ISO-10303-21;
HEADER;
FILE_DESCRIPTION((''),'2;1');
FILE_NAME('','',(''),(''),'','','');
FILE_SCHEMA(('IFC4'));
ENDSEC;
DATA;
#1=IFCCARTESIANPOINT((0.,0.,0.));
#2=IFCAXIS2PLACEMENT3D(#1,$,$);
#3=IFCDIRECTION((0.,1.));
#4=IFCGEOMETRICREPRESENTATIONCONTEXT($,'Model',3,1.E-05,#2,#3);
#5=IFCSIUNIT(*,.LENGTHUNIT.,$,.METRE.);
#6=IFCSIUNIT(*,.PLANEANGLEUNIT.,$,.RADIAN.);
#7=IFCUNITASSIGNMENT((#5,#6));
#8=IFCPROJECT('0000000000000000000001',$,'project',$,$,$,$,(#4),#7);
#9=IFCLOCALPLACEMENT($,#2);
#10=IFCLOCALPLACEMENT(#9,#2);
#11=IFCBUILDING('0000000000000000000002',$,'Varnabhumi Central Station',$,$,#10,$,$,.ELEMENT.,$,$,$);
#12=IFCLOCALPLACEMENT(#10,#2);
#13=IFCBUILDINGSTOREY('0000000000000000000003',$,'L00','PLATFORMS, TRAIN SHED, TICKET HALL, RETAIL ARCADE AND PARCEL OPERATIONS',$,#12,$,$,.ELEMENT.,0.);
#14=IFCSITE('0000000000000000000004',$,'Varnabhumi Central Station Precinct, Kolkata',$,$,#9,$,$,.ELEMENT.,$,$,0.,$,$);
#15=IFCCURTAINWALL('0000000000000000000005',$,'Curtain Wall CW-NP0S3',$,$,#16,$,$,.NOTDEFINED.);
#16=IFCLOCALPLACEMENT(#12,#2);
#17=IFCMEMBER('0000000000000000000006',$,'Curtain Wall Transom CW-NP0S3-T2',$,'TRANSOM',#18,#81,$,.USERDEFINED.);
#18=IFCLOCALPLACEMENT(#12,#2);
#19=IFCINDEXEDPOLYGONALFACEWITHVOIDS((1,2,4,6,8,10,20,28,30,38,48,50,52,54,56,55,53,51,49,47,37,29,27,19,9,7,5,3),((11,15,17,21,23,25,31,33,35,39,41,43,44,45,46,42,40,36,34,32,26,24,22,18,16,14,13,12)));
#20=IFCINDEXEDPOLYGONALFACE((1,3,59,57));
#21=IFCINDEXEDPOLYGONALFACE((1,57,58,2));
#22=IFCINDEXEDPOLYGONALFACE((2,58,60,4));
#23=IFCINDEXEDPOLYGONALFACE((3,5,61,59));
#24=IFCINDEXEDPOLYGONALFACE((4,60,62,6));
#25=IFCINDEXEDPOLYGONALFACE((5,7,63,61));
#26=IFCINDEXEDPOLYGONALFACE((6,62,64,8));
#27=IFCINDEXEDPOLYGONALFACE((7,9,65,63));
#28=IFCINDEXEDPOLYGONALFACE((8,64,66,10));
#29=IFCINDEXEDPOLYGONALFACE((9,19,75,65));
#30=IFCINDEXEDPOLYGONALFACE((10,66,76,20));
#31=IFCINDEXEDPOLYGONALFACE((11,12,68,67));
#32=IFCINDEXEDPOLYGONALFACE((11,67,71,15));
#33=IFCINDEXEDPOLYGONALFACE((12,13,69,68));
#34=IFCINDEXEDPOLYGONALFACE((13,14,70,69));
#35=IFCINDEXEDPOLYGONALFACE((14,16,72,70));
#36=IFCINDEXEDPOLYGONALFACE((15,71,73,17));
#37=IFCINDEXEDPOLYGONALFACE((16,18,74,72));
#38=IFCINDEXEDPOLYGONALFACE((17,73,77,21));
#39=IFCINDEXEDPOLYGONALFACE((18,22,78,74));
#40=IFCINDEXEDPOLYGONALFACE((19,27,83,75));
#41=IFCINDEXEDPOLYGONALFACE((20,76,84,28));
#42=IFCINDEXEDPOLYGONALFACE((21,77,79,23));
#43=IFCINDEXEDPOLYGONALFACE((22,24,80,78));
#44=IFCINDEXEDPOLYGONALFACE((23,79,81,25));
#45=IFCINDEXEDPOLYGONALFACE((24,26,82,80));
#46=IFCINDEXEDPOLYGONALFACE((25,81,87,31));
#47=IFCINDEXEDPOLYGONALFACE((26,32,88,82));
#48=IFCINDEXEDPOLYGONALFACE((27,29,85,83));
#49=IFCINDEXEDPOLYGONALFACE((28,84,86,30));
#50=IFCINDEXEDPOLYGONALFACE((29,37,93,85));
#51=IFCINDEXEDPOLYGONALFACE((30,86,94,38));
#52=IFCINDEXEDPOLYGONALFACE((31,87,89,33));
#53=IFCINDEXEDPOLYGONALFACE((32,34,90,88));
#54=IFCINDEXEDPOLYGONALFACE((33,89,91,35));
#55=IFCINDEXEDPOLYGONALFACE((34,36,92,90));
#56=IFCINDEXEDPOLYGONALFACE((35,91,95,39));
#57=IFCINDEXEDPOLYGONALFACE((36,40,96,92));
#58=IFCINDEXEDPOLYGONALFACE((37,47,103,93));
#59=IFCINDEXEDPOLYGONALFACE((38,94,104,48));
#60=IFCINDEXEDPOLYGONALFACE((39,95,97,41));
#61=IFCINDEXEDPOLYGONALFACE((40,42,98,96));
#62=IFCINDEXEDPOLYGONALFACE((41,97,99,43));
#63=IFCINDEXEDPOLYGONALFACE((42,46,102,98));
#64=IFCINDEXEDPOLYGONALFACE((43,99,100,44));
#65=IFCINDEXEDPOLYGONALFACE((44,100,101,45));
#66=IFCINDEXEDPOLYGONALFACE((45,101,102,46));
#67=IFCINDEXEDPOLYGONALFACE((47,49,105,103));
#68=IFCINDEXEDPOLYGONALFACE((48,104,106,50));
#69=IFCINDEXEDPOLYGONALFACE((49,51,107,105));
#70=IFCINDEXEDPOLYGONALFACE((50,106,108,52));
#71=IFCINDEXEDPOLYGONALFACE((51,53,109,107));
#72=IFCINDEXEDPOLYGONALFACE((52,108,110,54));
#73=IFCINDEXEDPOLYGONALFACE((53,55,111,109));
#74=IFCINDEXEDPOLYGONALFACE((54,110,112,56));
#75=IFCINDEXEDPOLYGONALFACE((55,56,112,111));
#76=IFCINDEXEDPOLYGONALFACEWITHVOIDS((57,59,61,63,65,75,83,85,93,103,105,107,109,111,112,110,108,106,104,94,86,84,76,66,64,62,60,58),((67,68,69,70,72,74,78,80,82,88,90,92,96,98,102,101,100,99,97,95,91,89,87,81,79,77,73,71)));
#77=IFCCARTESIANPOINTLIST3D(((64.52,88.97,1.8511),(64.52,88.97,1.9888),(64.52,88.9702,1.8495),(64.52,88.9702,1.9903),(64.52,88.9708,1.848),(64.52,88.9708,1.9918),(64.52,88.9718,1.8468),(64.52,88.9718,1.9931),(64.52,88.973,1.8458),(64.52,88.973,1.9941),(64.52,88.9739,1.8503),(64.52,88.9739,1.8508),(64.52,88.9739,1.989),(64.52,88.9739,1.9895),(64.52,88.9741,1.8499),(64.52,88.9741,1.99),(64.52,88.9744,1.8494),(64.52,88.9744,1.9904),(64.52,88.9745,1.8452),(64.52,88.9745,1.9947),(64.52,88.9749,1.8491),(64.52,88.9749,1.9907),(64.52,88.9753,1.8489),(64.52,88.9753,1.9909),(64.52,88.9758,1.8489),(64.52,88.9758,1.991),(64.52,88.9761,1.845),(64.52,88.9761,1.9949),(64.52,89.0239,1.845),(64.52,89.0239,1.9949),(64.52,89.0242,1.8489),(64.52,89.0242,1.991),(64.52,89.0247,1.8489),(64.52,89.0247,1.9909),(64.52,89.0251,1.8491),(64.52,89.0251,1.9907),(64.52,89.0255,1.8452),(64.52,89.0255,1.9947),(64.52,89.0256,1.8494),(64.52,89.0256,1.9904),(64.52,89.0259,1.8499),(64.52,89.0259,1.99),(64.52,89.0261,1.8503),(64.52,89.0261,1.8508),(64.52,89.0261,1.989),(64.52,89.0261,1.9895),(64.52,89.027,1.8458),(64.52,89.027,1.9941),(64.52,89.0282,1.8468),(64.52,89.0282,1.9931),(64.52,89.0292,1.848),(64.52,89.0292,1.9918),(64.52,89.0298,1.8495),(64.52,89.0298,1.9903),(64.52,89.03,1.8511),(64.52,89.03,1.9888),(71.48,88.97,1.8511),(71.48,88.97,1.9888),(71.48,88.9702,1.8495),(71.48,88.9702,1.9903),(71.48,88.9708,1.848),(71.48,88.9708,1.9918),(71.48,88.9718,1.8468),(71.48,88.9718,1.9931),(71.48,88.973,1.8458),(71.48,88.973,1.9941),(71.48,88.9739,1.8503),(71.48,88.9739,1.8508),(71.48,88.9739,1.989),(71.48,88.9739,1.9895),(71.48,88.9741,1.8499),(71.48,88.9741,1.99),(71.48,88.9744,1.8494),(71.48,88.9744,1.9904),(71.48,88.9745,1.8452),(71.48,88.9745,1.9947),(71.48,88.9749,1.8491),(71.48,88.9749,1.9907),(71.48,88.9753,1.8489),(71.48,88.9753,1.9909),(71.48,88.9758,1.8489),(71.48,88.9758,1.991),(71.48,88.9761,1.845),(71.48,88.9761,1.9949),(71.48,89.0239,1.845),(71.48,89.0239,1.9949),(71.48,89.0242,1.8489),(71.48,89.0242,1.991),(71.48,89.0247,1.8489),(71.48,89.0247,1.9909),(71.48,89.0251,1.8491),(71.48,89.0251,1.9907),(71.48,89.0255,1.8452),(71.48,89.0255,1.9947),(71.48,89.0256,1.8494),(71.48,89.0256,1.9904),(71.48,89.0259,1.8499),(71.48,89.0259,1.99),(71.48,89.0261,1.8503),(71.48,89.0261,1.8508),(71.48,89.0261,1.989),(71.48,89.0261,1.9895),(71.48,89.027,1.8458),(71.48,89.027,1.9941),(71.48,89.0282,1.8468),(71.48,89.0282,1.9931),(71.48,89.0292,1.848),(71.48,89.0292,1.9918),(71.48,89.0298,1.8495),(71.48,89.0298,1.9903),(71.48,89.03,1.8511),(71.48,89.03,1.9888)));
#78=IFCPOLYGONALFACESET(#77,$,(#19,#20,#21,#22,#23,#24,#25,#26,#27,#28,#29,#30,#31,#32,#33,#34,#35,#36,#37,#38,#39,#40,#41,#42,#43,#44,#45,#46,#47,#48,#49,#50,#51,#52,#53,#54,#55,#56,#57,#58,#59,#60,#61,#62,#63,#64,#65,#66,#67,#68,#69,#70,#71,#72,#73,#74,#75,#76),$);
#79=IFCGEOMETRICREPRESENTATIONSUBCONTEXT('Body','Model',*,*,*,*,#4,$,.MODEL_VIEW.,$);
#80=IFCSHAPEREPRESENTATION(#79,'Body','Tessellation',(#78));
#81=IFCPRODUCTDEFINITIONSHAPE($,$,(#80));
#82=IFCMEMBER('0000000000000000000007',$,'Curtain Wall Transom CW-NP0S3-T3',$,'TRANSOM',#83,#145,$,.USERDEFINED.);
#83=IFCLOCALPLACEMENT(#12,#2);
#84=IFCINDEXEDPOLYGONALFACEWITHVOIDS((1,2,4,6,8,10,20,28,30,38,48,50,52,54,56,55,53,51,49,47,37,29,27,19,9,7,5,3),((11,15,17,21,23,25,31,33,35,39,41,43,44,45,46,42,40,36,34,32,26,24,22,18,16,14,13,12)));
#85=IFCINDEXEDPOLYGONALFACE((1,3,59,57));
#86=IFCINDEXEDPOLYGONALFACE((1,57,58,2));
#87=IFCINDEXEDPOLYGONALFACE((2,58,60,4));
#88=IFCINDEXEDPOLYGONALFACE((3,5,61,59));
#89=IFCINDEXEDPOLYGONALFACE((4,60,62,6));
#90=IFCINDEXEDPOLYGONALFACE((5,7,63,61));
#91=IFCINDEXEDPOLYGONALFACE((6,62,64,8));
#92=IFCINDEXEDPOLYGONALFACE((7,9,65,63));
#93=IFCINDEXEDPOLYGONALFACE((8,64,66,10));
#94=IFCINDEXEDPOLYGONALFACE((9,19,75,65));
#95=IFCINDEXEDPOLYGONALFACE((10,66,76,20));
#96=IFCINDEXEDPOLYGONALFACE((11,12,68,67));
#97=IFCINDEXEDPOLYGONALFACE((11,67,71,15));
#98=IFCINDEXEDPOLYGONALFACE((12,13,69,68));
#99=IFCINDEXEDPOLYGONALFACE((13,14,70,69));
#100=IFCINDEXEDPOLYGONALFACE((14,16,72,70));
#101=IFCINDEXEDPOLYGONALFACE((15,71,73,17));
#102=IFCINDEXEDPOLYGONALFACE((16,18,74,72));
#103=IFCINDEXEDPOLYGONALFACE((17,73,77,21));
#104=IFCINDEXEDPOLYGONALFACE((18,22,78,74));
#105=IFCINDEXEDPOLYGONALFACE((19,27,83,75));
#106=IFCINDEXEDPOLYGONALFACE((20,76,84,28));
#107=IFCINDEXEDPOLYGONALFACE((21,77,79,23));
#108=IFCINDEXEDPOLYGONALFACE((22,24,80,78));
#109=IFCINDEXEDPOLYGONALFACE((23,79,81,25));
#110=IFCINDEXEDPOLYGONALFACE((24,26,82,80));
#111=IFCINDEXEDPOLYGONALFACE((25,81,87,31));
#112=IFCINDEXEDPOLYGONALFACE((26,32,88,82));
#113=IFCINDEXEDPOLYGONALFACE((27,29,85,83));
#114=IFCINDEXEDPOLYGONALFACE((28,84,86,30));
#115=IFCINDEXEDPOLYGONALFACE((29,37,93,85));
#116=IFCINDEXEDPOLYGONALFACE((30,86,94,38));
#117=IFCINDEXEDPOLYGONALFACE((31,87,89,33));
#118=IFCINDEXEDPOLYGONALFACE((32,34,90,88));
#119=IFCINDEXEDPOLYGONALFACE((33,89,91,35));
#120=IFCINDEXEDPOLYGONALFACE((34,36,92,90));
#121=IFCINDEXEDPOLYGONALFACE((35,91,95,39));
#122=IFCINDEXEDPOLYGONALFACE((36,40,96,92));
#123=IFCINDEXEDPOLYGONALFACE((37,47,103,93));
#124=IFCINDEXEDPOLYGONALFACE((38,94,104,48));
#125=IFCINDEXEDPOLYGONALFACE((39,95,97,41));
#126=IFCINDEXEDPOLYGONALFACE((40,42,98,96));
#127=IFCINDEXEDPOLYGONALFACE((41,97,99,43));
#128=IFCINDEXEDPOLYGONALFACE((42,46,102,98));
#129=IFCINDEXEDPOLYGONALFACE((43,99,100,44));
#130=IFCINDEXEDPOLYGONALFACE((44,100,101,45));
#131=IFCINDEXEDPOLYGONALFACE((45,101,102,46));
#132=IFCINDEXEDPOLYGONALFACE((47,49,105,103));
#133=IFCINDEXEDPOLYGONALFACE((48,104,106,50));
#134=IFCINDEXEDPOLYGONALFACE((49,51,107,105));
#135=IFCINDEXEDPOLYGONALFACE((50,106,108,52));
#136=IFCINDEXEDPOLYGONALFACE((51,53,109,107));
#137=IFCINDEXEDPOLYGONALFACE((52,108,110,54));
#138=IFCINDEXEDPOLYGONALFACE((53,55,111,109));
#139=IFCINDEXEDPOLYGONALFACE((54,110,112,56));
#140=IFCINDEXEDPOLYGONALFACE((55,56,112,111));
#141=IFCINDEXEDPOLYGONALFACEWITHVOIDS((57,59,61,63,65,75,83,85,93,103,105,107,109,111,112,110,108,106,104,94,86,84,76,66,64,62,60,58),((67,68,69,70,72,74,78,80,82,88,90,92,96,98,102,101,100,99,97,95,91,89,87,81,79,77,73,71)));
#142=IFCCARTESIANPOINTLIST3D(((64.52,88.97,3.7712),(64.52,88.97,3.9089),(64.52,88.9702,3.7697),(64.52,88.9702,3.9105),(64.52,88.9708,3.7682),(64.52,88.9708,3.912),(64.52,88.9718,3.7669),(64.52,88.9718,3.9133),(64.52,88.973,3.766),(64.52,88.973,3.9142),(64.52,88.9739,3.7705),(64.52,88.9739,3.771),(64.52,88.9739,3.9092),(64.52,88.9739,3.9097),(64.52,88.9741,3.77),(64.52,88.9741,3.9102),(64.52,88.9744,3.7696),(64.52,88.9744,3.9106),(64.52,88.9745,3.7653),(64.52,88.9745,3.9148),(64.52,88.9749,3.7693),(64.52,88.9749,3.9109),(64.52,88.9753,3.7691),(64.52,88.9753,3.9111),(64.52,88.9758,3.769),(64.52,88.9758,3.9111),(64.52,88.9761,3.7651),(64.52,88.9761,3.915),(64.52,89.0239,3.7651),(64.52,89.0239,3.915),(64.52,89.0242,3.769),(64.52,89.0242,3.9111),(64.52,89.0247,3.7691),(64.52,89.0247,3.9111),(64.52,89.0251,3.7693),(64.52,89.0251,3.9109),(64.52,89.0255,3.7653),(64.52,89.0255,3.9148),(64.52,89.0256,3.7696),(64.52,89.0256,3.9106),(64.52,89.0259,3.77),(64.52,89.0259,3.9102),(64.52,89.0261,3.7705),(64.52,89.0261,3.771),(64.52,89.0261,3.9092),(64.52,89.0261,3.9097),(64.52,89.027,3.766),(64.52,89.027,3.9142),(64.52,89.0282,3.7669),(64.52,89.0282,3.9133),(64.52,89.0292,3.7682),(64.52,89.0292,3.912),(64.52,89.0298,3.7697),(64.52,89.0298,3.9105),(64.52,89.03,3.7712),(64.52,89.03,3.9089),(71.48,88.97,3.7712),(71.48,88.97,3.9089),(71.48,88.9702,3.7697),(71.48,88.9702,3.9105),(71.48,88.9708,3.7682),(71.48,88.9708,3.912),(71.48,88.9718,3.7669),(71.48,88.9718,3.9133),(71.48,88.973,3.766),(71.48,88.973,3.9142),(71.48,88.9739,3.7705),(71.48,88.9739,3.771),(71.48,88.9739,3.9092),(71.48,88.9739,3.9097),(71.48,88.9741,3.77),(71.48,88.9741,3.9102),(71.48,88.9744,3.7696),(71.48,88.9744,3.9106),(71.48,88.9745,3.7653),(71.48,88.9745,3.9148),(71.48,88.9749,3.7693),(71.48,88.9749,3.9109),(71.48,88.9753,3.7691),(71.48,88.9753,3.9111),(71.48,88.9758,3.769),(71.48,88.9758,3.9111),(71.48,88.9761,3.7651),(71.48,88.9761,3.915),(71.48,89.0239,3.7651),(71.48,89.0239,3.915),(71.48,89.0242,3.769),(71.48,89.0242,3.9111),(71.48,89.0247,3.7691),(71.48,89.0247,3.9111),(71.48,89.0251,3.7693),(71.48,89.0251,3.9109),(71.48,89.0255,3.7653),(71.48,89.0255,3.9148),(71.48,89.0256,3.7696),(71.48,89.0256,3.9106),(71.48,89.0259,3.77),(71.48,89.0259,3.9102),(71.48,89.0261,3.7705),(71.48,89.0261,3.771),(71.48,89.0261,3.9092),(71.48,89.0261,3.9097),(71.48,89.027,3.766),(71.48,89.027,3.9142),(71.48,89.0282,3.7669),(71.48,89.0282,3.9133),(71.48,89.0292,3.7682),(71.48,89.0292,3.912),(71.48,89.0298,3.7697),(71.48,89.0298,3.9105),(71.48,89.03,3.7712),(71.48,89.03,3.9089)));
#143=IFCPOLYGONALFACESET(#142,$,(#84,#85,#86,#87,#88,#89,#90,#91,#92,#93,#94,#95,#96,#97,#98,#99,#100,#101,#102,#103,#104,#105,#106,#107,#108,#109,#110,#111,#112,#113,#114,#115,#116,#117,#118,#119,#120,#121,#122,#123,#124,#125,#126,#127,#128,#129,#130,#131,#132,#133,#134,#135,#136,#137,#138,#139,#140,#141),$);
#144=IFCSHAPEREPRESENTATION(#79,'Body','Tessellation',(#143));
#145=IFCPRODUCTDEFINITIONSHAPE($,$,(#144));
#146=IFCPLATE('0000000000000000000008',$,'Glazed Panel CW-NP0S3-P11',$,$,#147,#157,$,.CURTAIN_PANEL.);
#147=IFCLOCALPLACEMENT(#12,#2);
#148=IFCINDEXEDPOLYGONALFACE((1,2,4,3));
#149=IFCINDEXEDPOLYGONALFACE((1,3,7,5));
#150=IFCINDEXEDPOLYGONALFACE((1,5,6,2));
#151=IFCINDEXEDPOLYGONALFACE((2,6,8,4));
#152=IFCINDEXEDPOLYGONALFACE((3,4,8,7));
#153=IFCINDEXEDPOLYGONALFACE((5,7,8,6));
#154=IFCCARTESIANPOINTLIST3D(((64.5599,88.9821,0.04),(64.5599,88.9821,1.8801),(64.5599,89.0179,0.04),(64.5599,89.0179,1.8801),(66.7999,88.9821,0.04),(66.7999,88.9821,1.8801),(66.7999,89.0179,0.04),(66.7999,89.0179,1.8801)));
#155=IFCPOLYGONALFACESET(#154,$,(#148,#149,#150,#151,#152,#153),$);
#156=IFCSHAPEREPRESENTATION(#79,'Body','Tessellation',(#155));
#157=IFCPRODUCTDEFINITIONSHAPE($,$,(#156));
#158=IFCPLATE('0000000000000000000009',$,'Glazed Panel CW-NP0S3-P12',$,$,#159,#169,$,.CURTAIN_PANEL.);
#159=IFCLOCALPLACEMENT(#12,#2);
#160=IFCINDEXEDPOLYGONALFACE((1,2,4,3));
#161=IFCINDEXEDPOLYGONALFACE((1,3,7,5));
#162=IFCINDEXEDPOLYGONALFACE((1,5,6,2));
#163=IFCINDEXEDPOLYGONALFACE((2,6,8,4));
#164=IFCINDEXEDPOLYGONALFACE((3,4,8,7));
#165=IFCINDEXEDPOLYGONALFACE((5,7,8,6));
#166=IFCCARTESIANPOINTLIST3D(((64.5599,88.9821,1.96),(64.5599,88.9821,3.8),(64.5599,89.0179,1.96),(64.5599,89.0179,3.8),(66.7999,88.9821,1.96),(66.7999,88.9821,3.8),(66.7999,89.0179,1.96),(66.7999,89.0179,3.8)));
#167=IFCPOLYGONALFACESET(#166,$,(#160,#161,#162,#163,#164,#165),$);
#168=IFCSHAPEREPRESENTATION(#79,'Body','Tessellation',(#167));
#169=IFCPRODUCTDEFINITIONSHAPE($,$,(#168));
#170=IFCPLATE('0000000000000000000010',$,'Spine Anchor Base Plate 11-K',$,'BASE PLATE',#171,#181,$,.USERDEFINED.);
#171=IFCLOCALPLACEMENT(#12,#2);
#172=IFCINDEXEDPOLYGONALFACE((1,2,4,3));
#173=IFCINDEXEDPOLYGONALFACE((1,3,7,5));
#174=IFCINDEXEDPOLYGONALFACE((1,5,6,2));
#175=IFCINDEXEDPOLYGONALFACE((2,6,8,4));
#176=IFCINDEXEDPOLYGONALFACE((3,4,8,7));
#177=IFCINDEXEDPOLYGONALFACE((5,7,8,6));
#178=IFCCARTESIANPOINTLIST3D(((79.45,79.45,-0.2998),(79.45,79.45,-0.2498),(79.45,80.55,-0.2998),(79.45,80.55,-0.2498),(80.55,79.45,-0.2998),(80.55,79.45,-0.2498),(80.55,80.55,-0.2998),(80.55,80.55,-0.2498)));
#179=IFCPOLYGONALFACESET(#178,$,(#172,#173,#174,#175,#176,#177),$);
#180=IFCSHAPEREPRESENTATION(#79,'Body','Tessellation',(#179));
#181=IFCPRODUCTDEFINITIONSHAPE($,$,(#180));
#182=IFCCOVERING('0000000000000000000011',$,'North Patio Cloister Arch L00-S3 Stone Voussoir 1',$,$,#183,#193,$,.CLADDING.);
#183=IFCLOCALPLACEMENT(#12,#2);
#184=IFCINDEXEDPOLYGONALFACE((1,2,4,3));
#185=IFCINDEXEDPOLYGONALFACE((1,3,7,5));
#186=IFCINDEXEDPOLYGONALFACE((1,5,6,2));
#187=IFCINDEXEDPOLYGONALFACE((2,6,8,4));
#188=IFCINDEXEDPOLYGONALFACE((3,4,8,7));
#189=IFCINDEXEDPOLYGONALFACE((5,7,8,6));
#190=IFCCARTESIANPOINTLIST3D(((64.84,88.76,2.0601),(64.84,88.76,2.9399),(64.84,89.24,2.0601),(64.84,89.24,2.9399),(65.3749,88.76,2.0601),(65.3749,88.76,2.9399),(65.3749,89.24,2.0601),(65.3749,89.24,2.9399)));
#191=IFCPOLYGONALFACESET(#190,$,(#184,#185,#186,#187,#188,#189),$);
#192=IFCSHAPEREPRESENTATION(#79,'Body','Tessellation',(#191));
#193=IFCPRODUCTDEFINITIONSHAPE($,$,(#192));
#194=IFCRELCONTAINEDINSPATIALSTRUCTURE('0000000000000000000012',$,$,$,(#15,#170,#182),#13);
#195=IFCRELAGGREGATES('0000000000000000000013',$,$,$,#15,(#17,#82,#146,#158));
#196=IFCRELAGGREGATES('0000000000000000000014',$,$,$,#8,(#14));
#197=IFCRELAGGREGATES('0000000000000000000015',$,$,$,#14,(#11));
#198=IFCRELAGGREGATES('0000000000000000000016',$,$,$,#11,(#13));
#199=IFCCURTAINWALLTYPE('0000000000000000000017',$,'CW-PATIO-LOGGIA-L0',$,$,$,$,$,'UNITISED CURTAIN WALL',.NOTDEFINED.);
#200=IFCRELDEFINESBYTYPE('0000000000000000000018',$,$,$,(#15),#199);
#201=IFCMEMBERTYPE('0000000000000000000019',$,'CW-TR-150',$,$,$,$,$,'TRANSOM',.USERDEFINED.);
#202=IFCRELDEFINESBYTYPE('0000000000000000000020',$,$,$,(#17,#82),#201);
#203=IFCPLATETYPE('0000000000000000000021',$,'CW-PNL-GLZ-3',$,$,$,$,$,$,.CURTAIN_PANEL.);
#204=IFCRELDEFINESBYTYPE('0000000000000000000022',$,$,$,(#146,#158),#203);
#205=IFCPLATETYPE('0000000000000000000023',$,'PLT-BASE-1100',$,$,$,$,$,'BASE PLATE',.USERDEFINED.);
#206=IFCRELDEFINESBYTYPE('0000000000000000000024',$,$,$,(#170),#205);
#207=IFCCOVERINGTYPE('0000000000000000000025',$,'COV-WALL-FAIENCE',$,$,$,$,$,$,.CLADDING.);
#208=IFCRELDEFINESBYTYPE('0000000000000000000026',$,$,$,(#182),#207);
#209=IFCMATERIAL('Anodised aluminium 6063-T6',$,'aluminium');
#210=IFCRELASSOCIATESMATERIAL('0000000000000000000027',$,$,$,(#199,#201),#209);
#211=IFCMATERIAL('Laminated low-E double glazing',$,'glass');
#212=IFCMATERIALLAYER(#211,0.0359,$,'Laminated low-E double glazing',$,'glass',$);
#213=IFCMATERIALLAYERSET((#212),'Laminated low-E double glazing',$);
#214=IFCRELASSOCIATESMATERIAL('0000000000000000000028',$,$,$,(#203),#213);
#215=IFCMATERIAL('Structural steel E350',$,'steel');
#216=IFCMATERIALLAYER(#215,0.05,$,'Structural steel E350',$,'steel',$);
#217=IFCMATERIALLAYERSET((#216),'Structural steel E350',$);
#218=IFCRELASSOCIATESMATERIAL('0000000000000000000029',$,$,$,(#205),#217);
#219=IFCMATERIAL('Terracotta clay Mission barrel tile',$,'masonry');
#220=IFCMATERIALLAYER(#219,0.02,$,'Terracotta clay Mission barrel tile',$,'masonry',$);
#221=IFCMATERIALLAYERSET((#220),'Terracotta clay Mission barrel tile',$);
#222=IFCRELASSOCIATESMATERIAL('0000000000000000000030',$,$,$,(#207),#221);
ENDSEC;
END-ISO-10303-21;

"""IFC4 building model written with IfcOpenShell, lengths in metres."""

from ifc_helpers import new_model, si_unit, direction, frame, origin, origin_2d, place, context, subcontext, project, spatial, rectangle, hollow_rectangle, extrude, material, layer, layer_set, material_profile, profile_set, type_object, element, aggregate, save


model = new_model("IFC4")

# Units and contexts
model_context = context("Model", 3, precision=1e-05, world=origin(), true_north=direction((0.0, 1.0)))
body_context = subcontext(model_context, "Body", "Model", "MODEL_VIEW")
ifc_project = project(units=[si_unit("LENGTHUNIT", "METRE"), si_unit("PLANEANGLEUNIT", "RADIAN")], contexts=[model_context])

# Site, building, storey
site_placement = place(None, origin())
site = spatial("IfcSite", under=ifc_project, at=site_placement, Name="Varnabhumi Central Station Precinct, Kolkata", CompositionType="ELEMENT", RefElevation=0.0)
building_placement = place(site_placement, origin())
building = spatial("IfcBuilding", under=site, at=building_placement, Name="Varnabhumi Central Station", CompositionType="ELEMENT")
storey_placement = place(building_placement, origin())
storey = spatial("IfcBuildingStorey", under=building, at=storey_placement, Name="L00", Description="PLATFORMS, TRAIN SHED, TICKET HALL, RETAIL ARCADE AND PARCEL OPERATIONS", CompositionType="ELEMENT", Elevation=0.0)

# Shared definitions
ifc_material_1 = material(Name="Structural steel E350", Category="steel")

# Shared definitions
ifc_material_2 = material(Name="Anodised aluminium 6063-T6", Category="aluminium")
curtain_wall_type = type_object("IfcCurtainWallType", Name="CW-PATIO-LOGGIA-L0", ElementType="UNITISED CURTAIN WALL", PredefinedType="NOTDEFINED", material=ifc_material_2)

# Curtain wall, members, plates
curtain_wall_1_placement = place(storey_placement, origin())
curtain_wall_1 = element("IfcCurtainWall", 1, at=curtain_wall_1_placement, inside=storey, type_object=curtain_wall_type, Name="Curtain Wall CW-NP0S3", PredefinedType="NOTDEFINED")
ifc_material_profile_1 = material_profile(ifc_material_2, hollow_rectangle(XDim=0.0601, YDim=0.1499, WallThickness=0.0039, InnerFilletRadius=0.002, OuterFilletRadius=0.0061, at=origin_2d()), Name="Anodised aluminium 6063-T6", Category="aluminium")
ifc_profile_set_1 = profile_set([ifc_material_profile_1], Name="Anodised aluminium 6063-T6")
member_type_1 = type_object("IfcMemberType", Name="CW-TR-150", ElementType="TRANSOM", PredefinedType="USERDEFINED", material=ifc_profile_set_1)
member_1_placement = place(storey_placement, frame((64.52, 89.0, 1.9199), z_axis=(1.0, 0.0, 0.0), x_axis=(0.0, 1.0, 0.0)))
member_1 = element("IfcMember", 2, at=member_1_placement, type_object=member_type_1, Name="Curtain Wall Transom CW-NP0S3-T2", ObjectType="TRANSOM", PredefinedType="USERDEFINED", context=body_context, shape_type="SweptSolid", body=[
    extrude(hollow_rectangle(XDim=0.0601, YDim=0.1499, WallThickness=0.0039, InnerFilletRadius=0.002, OuterFilletRadius=0.0061, at=origin_2d()), origin(), (0.0, 0.0, 1.0), 6.96),
])
member_2_placement = place(storey_placement, frame((64.52, 89.0, 3.8401), z_axis=(1.0, 0.0, 0.0), x_axis=(0.0, 1.0, 0.0)))
member_2 = element("IfcMember", 3, at=member_2_placement, type_object=member_type_1, Name="Curtain Wall Transom CW-NP0S3-T3", ObjectType="TRANSOM", PredefinedType="USERDEFINED", context=body_context, shape_type="SweptSolid", body=[
    extrude(hollow_rectangle(XDim=0.0601, YDim=0.1499, WallThickness=0.0039, InnerFilletRadius=0.002, OuterFilletRadius=0.0061, at=origin_2d()), origin(), (0.0, 0.0, 1.0), 6.96),
])
ifc_material_3 = material(Name="Laminated low-E double glazing", Category="glass")
ifc_layer_1 = layer(ifc_material_3, 0.0359, Name="Laminated low-E double glazing", Category="glass")
ifc_layer_set_1 = layer_set([ifc_layer_1], Name="Laminated low-E double glazing")
plate_type_1 = type_object("IfcPlateType", Name="CW-PNL-GLZ-3", PredefinedType="CURTAIN_PANEL", material=ifc_layer_set_1)
plate_1_placement = place(storey_placement, frame((65.6799, 89.0, 0.04), z_axis=(0.0, 0.0, 1.0), x_axis=(1.0, 0.0, 0.0)))
plate_1 = element("IfcPlate", 4, at=plate_1_placement, type_object=plate_type_1, Name="Glazed Panel CW-NP0S3-P11", PredefinedType="CURTAIN_PANEL", context=body_context, shape_type="SweptSolid", body=[
    extrude(rectangle(XDim=2.24, YDim=0.0359, at=origin_2d()), origin(), (0.0, 0.0, 1.0), 1.8401),
])
plate_2_placement = place(storey_placement, frame((65.6799, 89.0, 1.96), z_axis=(0.0, 0.0, 1.0), x_axis=(1.0, 0.0, 0.0)))
plate_2 = element("IfcPlate", 5, at=plate_2_placement, type_object=plate_type_1, Name="Glazed Panel CW-NP0S3-P12", PredefinedType="CURTAIN_PANEL", context=body_context, shape_type="SweptSolid", body=[
    extrude(rectangle(XDim=2.24, YDim=0.0359, at=origin_2d()), origin(), (0.0, 0.0, 1.0), 1.8401),
])
aggregate(curtain_wall_1, [member_1, member_2, plate_1, plate_2])

# Plate
ifc_layer_2 = layer(ifc_material_1, 0.05, Name="Structural steel E350", Category="steel")
ifc_layer_set_2 = layer_set([ifc_layer_2], Name="Structural steel E350")
plate_type_2 = type_object("IfcPlateType", Name="PLT-BASE-1100", ElementType="BASE PLATE", PredefinedType="USERDEFINED", material=ifc_layer_set_2)
plate_3_placement = place(storey_placement, frame((80.0, 80.0, -0.2998), z_axis=(0.0, 0.0, 1.0), x_axis=(1.0, 0.0, 0.0)))
element("IfcPlate", 6, at=plate_3_placement, inside=storey, type_object=plate_type_2, Name="Spine Anchor Base Plate 11-K", ObjectType="BASE PLATE", PredefinedType="USERDEFINED", context=body_context, shape_type="SweptSolid", body=[
    extrude(rectangle(XDim=1.1001, YDim=1.1001, at=origin_2d()), origin(), (0.0, 0.0, 1.0), 0.05),
])

# Covering
ifc_material_4 = material(Name="Terracotta clay Mission barrel tile", Category="masonry")
ifc_layer_3 = layer(ifc_material_4, 0.02, Name="Terracotta clay Mission barrel tile", Category="masonry")
ifc_layer_set_3 = layer_set([ifc_layer_3], Name="Terracotta clay Mission barrel tile")
covering_type = type_object("IfcCoveringType", Name="COV-WALL-FAIENCE", PredefinedType="CLADDING", material=ifc_layer_set_3)
covering_1_placement = place(storey_placement, frame((65.1074, 89.0, 2.0601), z_axis=(0.0, 0.0, 1.0), x_axis=(1.0, 0.0, 0.0)))
element("IfcCovering", 7, at=covering_1_placement, inside=storey, type_object=covering_type, Name="North Patio Cloister Arch L00-S3 Stone Voussoir 1", PredefinedType="CLADDING", context=body_context, shape_type="SweptSolid", body=[
    extrude(rectangle(XDim=0.5349, YDim=0.48, at=origin_2d()), origin(), (0.0, 0.0, 1.0), 0.8799),
])

save(model, "model.ifc")
